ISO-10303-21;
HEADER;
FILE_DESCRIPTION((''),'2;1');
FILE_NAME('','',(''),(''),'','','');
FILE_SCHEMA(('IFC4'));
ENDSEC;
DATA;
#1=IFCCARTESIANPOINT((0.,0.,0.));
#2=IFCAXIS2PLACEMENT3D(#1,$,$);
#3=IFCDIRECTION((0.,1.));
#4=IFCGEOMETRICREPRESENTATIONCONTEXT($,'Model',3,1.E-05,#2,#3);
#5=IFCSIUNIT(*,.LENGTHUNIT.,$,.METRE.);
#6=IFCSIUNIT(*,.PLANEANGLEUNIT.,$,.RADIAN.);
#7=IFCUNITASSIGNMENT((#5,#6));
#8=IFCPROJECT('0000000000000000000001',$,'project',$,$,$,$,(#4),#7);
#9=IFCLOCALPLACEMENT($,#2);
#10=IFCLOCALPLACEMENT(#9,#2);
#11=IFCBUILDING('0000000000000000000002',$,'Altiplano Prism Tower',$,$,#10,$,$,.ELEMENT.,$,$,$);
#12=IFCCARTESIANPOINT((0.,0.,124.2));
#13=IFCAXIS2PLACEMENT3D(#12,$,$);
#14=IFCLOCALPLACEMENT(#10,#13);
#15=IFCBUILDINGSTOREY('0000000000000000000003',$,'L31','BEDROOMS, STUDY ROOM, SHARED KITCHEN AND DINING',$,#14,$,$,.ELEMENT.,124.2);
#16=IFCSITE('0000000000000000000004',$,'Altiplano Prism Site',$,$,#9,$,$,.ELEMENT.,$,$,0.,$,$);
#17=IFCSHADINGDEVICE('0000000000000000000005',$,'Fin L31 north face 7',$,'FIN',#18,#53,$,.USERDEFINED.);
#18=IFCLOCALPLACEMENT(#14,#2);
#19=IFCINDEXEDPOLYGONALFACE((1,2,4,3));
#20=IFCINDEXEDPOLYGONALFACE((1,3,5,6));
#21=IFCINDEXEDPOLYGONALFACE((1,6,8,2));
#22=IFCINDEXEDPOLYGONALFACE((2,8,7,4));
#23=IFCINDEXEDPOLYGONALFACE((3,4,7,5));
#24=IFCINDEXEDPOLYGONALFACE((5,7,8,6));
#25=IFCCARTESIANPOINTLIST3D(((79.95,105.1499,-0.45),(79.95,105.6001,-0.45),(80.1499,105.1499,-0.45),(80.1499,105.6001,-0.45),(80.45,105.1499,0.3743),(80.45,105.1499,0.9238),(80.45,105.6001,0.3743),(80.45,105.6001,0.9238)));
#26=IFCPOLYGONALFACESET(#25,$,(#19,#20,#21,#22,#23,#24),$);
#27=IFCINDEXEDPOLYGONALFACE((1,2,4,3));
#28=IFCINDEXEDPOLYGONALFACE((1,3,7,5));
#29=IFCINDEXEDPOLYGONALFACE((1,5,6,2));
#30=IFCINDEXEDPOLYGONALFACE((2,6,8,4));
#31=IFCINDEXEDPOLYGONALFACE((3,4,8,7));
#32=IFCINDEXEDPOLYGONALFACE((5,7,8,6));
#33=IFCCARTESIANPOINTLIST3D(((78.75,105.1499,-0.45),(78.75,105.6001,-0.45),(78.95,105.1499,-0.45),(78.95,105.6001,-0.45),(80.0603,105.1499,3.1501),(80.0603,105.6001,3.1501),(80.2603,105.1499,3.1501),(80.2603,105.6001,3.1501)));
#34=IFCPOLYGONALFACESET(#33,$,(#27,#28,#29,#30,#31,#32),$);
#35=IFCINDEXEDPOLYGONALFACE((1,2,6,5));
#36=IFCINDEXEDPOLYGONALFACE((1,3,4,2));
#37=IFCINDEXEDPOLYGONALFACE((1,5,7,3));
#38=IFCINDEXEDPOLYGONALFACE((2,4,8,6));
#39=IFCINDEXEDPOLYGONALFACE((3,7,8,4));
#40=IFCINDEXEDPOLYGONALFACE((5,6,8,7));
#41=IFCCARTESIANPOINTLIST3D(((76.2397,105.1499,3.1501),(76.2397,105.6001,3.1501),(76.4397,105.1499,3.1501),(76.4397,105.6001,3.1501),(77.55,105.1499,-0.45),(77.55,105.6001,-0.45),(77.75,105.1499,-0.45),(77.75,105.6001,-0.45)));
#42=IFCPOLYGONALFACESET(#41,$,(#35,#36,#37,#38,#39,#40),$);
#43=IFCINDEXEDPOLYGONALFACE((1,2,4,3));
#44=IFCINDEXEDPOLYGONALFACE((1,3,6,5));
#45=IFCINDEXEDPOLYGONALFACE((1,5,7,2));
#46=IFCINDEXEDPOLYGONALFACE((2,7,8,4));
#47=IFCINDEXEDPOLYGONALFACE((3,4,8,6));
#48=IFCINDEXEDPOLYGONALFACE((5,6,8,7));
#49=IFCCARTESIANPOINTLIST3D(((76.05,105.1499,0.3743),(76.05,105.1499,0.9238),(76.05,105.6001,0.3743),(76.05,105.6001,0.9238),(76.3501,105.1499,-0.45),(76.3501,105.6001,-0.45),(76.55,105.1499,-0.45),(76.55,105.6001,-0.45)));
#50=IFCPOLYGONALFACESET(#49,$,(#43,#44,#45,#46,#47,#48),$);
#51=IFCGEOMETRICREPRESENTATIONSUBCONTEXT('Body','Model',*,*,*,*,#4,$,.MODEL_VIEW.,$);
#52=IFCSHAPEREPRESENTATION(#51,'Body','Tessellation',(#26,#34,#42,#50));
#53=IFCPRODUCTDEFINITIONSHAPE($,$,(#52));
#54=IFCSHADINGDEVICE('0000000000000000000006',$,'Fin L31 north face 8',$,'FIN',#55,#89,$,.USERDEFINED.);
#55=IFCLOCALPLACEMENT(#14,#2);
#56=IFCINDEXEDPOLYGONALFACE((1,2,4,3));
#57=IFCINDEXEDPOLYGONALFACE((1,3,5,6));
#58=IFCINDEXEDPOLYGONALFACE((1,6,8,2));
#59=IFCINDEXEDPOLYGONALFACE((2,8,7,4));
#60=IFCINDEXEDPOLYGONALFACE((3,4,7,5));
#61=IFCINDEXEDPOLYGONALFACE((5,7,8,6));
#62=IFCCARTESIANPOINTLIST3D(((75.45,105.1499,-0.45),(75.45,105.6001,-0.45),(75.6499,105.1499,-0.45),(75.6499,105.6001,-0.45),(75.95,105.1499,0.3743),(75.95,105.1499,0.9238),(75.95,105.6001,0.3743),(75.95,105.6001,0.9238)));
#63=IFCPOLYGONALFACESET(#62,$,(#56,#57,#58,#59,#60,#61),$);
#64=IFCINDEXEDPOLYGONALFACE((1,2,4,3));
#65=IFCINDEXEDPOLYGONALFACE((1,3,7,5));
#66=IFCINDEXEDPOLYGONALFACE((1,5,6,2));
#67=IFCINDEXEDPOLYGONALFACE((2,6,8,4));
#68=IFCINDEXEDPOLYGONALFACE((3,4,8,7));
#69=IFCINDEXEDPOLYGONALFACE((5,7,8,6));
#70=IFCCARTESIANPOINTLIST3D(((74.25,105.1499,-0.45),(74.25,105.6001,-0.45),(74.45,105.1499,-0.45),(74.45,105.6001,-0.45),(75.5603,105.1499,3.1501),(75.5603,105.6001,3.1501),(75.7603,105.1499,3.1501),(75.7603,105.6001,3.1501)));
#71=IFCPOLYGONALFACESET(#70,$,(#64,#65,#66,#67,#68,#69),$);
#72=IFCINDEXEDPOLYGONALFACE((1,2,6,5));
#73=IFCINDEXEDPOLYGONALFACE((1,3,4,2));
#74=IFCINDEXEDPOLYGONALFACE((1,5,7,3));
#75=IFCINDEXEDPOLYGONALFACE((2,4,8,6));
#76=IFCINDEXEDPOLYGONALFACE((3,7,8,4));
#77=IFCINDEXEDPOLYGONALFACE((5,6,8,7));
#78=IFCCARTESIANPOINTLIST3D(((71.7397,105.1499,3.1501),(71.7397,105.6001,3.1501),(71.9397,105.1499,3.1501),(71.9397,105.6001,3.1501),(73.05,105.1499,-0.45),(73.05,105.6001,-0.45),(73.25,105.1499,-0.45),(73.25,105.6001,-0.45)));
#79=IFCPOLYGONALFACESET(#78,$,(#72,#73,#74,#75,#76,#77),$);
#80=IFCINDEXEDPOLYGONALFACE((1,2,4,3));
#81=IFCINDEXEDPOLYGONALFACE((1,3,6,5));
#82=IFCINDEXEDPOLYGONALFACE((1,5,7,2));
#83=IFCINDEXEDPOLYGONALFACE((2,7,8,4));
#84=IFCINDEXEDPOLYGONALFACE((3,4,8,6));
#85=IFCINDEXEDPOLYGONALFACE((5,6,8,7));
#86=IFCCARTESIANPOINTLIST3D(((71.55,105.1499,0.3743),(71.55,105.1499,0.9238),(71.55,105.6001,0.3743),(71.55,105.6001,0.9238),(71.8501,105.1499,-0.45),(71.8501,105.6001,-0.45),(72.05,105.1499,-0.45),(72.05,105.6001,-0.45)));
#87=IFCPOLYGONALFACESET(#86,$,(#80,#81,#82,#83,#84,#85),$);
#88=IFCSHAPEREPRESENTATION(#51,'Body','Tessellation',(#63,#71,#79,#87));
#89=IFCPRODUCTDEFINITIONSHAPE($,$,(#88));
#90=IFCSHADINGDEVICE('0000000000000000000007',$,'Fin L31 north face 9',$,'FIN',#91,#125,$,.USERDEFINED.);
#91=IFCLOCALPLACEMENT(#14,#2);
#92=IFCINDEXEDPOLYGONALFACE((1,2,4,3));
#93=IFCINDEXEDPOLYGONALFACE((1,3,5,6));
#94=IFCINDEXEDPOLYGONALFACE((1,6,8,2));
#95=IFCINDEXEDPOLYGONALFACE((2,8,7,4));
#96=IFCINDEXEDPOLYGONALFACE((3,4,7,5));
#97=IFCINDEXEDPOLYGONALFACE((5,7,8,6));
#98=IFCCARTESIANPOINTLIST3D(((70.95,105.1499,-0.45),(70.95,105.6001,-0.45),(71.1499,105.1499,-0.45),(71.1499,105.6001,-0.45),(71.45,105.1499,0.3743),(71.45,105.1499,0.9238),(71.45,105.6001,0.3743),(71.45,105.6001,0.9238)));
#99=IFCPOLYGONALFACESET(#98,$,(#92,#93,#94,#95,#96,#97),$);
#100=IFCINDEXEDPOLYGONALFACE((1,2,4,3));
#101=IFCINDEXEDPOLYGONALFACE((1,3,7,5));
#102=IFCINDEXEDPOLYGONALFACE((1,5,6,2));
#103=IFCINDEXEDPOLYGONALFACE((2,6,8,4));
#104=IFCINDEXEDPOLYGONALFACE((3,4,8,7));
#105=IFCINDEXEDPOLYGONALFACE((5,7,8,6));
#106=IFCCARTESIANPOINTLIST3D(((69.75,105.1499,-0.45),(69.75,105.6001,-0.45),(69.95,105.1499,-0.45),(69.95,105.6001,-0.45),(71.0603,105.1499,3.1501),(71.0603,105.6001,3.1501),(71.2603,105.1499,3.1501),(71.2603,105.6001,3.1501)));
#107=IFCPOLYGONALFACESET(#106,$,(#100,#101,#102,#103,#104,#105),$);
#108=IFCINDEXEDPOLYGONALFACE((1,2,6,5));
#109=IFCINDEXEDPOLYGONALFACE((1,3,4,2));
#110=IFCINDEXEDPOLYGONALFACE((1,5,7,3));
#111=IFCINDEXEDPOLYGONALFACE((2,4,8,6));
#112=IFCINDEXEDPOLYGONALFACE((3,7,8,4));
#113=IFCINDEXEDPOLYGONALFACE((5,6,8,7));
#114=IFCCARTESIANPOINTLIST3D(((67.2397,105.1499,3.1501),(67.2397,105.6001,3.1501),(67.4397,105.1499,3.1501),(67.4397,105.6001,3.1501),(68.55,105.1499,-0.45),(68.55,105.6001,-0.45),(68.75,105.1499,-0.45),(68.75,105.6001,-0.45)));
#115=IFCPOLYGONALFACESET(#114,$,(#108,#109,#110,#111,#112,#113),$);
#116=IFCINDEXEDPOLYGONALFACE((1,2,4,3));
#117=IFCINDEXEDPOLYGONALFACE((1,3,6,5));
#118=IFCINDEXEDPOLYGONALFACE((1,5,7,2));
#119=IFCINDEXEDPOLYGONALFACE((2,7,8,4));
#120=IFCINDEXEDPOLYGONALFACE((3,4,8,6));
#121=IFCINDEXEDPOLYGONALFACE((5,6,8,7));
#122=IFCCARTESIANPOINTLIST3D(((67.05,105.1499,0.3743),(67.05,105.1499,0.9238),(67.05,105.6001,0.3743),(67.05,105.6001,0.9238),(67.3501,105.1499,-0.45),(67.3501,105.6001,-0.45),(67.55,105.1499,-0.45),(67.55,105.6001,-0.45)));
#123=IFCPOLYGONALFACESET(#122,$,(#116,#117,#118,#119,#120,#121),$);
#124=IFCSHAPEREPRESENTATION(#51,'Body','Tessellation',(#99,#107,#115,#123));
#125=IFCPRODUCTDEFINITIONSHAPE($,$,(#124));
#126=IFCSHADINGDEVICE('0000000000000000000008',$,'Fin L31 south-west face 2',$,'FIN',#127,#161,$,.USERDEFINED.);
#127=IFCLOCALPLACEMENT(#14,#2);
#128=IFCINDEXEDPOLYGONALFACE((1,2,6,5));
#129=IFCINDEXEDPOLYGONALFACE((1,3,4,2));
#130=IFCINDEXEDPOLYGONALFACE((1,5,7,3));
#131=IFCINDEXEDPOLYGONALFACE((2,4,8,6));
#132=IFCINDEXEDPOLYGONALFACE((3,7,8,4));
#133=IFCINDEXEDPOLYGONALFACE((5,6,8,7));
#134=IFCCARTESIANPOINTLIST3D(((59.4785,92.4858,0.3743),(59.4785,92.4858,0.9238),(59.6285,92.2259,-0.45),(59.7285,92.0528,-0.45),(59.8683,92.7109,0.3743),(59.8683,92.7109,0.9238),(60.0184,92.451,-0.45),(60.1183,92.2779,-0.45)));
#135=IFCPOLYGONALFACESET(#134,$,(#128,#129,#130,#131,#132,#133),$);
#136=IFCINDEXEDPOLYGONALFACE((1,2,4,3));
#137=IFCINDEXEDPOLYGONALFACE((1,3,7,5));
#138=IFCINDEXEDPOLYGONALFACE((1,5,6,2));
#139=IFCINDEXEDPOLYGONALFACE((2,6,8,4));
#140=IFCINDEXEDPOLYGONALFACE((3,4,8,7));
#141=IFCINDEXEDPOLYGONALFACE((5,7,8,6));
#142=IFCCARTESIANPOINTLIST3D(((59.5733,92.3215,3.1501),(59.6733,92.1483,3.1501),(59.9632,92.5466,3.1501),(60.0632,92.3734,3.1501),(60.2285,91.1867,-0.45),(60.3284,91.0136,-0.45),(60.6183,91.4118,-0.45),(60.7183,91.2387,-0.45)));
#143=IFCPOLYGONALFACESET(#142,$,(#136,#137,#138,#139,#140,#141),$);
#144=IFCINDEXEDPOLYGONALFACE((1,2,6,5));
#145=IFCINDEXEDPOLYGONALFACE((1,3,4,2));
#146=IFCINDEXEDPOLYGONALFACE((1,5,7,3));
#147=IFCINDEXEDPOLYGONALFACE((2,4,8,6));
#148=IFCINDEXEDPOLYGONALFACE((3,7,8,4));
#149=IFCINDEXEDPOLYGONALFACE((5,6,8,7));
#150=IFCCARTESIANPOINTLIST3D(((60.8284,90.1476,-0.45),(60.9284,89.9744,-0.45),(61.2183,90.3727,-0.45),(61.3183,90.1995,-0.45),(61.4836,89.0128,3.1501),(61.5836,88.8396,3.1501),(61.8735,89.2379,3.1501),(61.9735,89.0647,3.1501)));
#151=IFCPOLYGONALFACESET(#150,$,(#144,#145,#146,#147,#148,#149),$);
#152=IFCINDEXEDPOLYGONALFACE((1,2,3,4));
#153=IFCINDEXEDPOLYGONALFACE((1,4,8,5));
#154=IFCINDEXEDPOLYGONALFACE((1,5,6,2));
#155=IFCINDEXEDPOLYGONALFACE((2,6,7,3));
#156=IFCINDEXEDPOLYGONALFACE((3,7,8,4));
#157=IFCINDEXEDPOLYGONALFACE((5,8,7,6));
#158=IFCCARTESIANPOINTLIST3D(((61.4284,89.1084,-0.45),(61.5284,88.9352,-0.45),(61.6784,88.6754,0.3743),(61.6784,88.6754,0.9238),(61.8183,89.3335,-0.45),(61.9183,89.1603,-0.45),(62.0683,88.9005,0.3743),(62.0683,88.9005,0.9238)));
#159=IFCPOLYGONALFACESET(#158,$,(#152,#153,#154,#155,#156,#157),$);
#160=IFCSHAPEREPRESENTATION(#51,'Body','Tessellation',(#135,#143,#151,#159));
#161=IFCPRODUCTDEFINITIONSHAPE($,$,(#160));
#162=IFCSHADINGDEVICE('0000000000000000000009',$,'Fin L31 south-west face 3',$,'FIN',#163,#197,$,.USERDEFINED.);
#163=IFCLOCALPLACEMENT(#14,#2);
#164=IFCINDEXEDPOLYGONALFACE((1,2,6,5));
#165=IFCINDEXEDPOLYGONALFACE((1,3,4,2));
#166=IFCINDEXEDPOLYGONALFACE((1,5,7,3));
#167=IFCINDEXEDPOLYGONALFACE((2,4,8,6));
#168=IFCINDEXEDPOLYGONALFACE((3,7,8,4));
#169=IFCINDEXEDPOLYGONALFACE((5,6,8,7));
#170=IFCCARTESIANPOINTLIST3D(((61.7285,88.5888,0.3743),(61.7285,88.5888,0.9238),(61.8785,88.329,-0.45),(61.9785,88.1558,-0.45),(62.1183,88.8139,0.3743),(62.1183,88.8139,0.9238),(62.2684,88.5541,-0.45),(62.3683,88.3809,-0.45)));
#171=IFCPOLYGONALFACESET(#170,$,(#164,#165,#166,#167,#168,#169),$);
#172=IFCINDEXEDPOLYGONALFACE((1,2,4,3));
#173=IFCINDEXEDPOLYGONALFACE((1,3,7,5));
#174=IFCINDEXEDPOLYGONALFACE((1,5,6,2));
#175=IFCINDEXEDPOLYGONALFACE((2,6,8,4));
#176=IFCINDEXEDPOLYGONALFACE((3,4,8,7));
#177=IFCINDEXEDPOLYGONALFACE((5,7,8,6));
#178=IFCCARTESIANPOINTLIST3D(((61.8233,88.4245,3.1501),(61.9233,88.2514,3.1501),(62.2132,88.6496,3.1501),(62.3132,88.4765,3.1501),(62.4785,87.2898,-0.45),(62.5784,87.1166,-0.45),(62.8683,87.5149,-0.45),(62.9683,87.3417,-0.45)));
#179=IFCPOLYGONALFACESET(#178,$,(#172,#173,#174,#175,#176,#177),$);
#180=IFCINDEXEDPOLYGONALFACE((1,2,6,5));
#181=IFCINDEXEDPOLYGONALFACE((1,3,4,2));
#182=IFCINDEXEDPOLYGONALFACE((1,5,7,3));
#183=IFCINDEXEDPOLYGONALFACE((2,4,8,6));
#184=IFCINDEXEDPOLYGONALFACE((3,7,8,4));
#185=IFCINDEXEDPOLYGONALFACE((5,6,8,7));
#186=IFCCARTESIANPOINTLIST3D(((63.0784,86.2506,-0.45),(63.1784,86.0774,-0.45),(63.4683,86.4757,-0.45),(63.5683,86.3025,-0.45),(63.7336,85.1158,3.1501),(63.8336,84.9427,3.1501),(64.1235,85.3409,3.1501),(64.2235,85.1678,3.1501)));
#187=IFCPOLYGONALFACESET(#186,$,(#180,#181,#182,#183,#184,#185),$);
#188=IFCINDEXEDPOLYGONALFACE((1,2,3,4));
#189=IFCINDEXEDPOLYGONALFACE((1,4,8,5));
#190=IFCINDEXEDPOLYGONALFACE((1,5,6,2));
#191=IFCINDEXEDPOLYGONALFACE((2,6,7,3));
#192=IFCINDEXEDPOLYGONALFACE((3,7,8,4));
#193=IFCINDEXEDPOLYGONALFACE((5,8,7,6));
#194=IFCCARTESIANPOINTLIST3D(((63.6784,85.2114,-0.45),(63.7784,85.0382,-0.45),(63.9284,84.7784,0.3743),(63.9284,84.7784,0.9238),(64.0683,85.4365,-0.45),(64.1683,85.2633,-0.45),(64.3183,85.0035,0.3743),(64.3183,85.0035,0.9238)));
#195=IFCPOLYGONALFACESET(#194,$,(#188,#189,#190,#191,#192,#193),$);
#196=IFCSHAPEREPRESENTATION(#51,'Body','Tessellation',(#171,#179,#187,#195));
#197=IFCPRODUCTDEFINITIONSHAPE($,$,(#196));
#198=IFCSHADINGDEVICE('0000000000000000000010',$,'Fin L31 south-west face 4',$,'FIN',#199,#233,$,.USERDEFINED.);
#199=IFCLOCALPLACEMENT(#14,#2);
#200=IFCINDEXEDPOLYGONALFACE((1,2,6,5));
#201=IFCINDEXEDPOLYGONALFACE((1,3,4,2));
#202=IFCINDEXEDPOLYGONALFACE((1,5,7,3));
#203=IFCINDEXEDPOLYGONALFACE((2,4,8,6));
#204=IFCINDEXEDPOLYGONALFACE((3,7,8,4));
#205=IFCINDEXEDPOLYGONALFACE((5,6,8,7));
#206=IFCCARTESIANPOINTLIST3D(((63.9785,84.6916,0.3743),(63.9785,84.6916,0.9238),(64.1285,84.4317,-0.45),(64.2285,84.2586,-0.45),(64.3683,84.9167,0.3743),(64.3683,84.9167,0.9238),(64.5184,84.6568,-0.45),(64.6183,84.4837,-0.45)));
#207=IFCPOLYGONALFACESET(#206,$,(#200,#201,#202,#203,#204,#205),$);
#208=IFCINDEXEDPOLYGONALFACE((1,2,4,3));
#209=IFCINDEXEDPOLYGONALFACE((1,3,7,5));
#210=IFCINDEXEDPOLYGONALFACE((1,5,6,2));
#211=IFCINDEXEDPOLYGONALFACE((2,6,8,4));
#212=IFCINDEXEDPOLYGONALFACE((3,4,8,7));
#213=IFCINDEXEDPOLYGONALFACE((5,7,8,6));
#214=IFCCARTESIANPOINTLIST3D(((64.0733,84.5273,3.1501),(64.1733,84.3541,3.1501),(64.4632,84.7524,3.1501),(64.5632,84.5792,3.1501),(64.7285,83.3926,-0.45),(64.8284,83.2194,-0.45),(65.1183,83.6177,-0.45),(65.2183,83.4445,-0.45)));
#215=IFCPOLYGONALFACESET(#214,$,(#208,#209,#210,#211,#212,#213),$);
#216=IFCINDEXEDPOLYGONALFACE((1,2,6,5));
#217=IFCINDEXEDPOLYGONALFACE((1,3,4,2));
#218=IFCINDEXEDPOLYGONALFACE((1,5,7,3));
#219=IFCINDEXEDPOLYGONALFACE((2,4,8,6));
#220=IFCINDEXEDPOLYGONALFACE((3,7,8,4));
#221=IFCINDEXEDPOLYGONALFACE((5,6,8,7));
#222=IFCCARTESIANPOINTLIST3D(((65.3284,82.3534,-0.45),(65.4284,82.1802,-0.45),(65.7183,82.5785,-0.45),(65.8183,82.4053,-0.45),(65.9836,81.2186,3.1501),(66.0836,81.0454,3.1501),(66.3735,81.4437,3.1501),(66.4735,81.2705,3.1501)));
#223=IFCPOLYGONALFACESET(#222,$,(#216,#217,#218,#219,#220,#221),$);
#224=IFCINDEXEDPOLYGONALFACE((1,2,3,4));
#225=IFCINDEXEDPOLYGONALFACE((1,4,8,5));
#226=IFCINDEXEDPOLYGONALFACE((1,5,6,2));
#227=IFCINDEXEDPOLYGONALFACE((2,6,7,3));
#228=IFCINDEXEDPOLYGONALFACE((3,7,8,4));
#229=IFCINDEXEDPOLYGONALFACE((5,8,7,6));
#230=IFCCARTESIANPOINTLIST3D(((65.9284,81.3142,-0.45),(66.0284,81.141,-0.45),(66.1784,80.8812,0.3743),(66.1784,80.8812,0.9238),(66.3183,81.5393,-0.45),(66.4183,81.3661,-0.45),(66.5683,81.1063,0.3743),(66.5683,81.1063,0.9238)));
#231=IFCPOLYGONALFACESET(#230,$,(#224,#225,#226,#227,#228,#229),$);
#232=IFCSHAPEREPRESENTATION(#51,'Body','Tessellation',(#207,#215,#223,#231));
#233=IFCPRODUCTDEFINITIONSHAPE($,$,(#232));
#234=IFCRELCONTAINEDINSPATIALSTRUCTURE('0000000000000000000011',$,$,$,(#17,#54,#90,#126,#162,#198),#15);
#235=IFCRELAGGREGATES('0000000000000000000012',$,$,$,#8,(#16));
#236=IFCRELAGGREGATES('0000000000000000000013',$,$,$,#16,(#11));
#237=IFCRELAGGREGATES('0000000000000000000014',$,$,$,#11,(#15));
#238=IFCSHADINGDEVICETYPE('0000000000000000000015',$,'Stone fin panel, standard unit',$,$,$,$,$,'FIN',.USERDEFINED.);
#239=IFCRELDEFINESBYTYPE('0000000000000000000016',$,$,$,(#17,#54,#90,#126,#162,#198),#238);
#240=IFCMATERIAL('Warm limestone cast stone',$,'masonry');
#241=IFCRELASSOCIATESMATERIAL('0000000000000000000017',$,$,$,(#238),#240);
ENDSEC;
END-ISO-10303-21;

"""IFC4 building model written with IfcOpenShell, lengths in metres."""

from ifc_helpers import new_model, si_unit, direction, frame, origin, place, context, subcontext, project, spatial, polyline, outline, extrude, source, transform, mapped, material, type_object, element, save


model = new_model("IFC4")

# Units and contexts
model_context = context("Model", 3, precision=1e-05, world=origin(), true_north=direction((0.0, 1.0)))
body_context = subcontext(model_context, "Body", "Model", "MODEL_VIEW")
ifc_project = project(units=[si_unit("LENGTHUNIT", "METRE"), si_unit("PLANEANGLEUNIT", "RADIAN")], contexts=[model_context])

# Site, building, storey
site_placement = place(None, origin())
site = spatial("IfcSite", under=ifc_project, at=site_placement, Name="Altiplano Prism Site", CompositionType="ELEMENT", RefElevation=0.0)
building_placement = place(site_placement, origin())
building = spatial("IfcBuilding", under=site, at=building_placement, Name="Altiplano Prism Tower", CompositionType="ELEMENT")
storey_placement = place(building_placement, frame((0.0, 0.0, 124.2)))
storey = spatial("IfcBuildingStorey", under=building, at=storey_placement, Name="L31", Description="BEDROOMS, STUDY ROOM, SHARED KITCHEN AND DINING", CompositionType="ELEMENT", Elevation=124.2)

# Shading devices
ifc_material_1 = material(Name="Warm limestone cast stone", Category="masonry")
shading_device_type_1 = type_object("IfcShadingDeviceType", Name="Stone fin panel, standard unit", ElementType="FIN", PredefinedType="USERDEFINED", material=ifc_material_1)
shared_shape_1 = source(origin(), body_context, "Body", "SweptSolid", [
    extrude(outline(polyline([(-2.2, 1.3738), (-2.2, 0.8242), (-1.8999, 0.0), (-1.7, 0.0), (-2.2, 1.3738)])), frame((0.0, -0.1499, 0.0), z_axis=(0.0, -1.0, 0.0), x_axis=(1.0, 0.0, 0.0)), (0.0, 0.0, 1.0), 0.4502),
    extrude(outline(polyline([(-2.0103, 3.6001), (-0.7, 0.0), (-0.5, 0.0), (-1.8103, 3.6001), (-2.0103, 3.6001)])), frame((0.0, -0.1499, 0.0), z_axis=(0.0, -1.0, 0.0), x_axis=(1.0, 0.0, 0.0)), (0.0, 0.0, 1.0), 0.4502),
    extrude(outline(polyline([(1.8103, 3.6001), (0.5, 0.0), (0.7, 0.0), (2.0103, 3.6001), (1.8103, 3.6001)])), frame((0.0, -0.1499, 0.0), z_axis=(0.0, -1.0, 0.0), x_axis=(1.0, 0.0, 0.0)), (0.0, 0.0, 1.0), 0.4502),
    extrude(outline(polyline([(2.2, 0.8242), (2.2, 1.3738), (1.7, 0.0), (1.8999, 0.0), (2.2, 0.8242)])), frame((0.0, -0.1499, 0.0), z_axis=(0.0, -1.0, 0.0), x_axis=(1.0, 0.0, 0.0)), (0.0, 0.0, 1.0), 0.4502),
])
shading_device_1_placement = place(storey_placement, origin())
element("IfcShadingDevice", 1, at=shading_device_1_placement, inside=storey, type_object=shading_device_type_1, Name="Fin L31 north face 7", ObjectType="FIN", PredefinedType="USERDEFINED", context=body_context, shape_type="MappedRepresentation", body=[
    mapped(shared_shape_1, transform((78.25, 105.0, -0.45), x_axis=(-1.0, 0.0, 0.0), y_axis=(0.0, -1.0, 0.0), z_axis=(0.0, 0.0, 1.0))),
])
shading_device_2_placement = place(storey_placement, origin())
element("IfcShadingDevice", 2, at=shading_device_2_placement, inside=storey, type_object=shading_device_type_1, Name="Fin L31 north face 8", ObjectType="FIN", PredefinedType="USERDEFINED", context=body_context, shape_type="MappedRepresentation", body=[
    mapped(shared_shape_1, transform((73.75, 105.0, -0.45), x_axis=(-1.0, 0.0, 0.0), y_axis=(0.0, -1.0, 0.0), z_axis=(0.0, 0.0, 1.0))),
])
shading_device_3_placement = place(storey_placement, origin())
element("IfcShadingDevice", 3, at=shading_device_3_placement, inside=storey, type_object=shading_device_type_1, Name="Fin L31 north face 9", ObjectType="FIN", PredefinedType="USERDEFINED", context=body_context, shape_type="MappedRepresentation", body=[
    mapped(shared_shape_1, transform((69.25, 105.0, -0.45), x_axis=(-1.0, 0.0, 0.0), y_axis=(0.0, -1.0, 0.0), z_axis=(0.0, 0.0, 1.0))),
])
shading_device_4_placement = place(storey_placement, origin())
element("IfcShadingDevice", 4, at=shading_device_4_placement, inside=storey, type_object=shading_device_type_1, Name="Fin L31 south-west face 2", ObjectType="FIN", PredefinedType="USERDEFINED", context=body_context, shape_type="MappedRepresentation", body=[
    mapped(shared_shape_1, transform((61.0981, 90.8806, -0.45), x_axis=(0.5, -0.866025, 0.0), y_axis=(0.866025, 0.5, 0.0), z_axis=(0.0, 0.0, 1.0))),
])
shading_device_5_placement = place(storey_placement, origin())
element("IfcShadingDevice", 5, at=shading_device_5_placement, inside=storey, type_object=shading_device_type_1, Name="Fin L31 south-west face 3", ObjectType="FIN", PredefinedType="USERDEFINED", context=body_context, shape_type="MappedRepresentation", body=[
    mapped(shared_shape_1, transform((63.3481, 86.9836, -0.45), x_axis=(0.5, -0.866025, 0.0), y_axis=(0.866025, 0.5, 0.0), z_axis=(0.0, 0.0, 1.0))),
])
shading_device_6_placement = place(storey_placement, origin())
element("IfcShadingDevice", 6, at=shading_device_6_placement, inside=storey, type_object=shading_device_type_1, Name="Fin L31 south-west face 4", ObjectType="FIN", PredefinedType="USERDEFINED", context=body_context, shape_type="MappedRepresentation", body=[
    mapped(shared_shape_1, transform((65.5981, 83.0864, -0.45), x_axis=(0.5, -0.866025, 0.0), y_axis=(0.866025, 0.5, 0.0), z_axis=(0.0, 0.0, 1.0))),
])

save(model, "model.ifc")
